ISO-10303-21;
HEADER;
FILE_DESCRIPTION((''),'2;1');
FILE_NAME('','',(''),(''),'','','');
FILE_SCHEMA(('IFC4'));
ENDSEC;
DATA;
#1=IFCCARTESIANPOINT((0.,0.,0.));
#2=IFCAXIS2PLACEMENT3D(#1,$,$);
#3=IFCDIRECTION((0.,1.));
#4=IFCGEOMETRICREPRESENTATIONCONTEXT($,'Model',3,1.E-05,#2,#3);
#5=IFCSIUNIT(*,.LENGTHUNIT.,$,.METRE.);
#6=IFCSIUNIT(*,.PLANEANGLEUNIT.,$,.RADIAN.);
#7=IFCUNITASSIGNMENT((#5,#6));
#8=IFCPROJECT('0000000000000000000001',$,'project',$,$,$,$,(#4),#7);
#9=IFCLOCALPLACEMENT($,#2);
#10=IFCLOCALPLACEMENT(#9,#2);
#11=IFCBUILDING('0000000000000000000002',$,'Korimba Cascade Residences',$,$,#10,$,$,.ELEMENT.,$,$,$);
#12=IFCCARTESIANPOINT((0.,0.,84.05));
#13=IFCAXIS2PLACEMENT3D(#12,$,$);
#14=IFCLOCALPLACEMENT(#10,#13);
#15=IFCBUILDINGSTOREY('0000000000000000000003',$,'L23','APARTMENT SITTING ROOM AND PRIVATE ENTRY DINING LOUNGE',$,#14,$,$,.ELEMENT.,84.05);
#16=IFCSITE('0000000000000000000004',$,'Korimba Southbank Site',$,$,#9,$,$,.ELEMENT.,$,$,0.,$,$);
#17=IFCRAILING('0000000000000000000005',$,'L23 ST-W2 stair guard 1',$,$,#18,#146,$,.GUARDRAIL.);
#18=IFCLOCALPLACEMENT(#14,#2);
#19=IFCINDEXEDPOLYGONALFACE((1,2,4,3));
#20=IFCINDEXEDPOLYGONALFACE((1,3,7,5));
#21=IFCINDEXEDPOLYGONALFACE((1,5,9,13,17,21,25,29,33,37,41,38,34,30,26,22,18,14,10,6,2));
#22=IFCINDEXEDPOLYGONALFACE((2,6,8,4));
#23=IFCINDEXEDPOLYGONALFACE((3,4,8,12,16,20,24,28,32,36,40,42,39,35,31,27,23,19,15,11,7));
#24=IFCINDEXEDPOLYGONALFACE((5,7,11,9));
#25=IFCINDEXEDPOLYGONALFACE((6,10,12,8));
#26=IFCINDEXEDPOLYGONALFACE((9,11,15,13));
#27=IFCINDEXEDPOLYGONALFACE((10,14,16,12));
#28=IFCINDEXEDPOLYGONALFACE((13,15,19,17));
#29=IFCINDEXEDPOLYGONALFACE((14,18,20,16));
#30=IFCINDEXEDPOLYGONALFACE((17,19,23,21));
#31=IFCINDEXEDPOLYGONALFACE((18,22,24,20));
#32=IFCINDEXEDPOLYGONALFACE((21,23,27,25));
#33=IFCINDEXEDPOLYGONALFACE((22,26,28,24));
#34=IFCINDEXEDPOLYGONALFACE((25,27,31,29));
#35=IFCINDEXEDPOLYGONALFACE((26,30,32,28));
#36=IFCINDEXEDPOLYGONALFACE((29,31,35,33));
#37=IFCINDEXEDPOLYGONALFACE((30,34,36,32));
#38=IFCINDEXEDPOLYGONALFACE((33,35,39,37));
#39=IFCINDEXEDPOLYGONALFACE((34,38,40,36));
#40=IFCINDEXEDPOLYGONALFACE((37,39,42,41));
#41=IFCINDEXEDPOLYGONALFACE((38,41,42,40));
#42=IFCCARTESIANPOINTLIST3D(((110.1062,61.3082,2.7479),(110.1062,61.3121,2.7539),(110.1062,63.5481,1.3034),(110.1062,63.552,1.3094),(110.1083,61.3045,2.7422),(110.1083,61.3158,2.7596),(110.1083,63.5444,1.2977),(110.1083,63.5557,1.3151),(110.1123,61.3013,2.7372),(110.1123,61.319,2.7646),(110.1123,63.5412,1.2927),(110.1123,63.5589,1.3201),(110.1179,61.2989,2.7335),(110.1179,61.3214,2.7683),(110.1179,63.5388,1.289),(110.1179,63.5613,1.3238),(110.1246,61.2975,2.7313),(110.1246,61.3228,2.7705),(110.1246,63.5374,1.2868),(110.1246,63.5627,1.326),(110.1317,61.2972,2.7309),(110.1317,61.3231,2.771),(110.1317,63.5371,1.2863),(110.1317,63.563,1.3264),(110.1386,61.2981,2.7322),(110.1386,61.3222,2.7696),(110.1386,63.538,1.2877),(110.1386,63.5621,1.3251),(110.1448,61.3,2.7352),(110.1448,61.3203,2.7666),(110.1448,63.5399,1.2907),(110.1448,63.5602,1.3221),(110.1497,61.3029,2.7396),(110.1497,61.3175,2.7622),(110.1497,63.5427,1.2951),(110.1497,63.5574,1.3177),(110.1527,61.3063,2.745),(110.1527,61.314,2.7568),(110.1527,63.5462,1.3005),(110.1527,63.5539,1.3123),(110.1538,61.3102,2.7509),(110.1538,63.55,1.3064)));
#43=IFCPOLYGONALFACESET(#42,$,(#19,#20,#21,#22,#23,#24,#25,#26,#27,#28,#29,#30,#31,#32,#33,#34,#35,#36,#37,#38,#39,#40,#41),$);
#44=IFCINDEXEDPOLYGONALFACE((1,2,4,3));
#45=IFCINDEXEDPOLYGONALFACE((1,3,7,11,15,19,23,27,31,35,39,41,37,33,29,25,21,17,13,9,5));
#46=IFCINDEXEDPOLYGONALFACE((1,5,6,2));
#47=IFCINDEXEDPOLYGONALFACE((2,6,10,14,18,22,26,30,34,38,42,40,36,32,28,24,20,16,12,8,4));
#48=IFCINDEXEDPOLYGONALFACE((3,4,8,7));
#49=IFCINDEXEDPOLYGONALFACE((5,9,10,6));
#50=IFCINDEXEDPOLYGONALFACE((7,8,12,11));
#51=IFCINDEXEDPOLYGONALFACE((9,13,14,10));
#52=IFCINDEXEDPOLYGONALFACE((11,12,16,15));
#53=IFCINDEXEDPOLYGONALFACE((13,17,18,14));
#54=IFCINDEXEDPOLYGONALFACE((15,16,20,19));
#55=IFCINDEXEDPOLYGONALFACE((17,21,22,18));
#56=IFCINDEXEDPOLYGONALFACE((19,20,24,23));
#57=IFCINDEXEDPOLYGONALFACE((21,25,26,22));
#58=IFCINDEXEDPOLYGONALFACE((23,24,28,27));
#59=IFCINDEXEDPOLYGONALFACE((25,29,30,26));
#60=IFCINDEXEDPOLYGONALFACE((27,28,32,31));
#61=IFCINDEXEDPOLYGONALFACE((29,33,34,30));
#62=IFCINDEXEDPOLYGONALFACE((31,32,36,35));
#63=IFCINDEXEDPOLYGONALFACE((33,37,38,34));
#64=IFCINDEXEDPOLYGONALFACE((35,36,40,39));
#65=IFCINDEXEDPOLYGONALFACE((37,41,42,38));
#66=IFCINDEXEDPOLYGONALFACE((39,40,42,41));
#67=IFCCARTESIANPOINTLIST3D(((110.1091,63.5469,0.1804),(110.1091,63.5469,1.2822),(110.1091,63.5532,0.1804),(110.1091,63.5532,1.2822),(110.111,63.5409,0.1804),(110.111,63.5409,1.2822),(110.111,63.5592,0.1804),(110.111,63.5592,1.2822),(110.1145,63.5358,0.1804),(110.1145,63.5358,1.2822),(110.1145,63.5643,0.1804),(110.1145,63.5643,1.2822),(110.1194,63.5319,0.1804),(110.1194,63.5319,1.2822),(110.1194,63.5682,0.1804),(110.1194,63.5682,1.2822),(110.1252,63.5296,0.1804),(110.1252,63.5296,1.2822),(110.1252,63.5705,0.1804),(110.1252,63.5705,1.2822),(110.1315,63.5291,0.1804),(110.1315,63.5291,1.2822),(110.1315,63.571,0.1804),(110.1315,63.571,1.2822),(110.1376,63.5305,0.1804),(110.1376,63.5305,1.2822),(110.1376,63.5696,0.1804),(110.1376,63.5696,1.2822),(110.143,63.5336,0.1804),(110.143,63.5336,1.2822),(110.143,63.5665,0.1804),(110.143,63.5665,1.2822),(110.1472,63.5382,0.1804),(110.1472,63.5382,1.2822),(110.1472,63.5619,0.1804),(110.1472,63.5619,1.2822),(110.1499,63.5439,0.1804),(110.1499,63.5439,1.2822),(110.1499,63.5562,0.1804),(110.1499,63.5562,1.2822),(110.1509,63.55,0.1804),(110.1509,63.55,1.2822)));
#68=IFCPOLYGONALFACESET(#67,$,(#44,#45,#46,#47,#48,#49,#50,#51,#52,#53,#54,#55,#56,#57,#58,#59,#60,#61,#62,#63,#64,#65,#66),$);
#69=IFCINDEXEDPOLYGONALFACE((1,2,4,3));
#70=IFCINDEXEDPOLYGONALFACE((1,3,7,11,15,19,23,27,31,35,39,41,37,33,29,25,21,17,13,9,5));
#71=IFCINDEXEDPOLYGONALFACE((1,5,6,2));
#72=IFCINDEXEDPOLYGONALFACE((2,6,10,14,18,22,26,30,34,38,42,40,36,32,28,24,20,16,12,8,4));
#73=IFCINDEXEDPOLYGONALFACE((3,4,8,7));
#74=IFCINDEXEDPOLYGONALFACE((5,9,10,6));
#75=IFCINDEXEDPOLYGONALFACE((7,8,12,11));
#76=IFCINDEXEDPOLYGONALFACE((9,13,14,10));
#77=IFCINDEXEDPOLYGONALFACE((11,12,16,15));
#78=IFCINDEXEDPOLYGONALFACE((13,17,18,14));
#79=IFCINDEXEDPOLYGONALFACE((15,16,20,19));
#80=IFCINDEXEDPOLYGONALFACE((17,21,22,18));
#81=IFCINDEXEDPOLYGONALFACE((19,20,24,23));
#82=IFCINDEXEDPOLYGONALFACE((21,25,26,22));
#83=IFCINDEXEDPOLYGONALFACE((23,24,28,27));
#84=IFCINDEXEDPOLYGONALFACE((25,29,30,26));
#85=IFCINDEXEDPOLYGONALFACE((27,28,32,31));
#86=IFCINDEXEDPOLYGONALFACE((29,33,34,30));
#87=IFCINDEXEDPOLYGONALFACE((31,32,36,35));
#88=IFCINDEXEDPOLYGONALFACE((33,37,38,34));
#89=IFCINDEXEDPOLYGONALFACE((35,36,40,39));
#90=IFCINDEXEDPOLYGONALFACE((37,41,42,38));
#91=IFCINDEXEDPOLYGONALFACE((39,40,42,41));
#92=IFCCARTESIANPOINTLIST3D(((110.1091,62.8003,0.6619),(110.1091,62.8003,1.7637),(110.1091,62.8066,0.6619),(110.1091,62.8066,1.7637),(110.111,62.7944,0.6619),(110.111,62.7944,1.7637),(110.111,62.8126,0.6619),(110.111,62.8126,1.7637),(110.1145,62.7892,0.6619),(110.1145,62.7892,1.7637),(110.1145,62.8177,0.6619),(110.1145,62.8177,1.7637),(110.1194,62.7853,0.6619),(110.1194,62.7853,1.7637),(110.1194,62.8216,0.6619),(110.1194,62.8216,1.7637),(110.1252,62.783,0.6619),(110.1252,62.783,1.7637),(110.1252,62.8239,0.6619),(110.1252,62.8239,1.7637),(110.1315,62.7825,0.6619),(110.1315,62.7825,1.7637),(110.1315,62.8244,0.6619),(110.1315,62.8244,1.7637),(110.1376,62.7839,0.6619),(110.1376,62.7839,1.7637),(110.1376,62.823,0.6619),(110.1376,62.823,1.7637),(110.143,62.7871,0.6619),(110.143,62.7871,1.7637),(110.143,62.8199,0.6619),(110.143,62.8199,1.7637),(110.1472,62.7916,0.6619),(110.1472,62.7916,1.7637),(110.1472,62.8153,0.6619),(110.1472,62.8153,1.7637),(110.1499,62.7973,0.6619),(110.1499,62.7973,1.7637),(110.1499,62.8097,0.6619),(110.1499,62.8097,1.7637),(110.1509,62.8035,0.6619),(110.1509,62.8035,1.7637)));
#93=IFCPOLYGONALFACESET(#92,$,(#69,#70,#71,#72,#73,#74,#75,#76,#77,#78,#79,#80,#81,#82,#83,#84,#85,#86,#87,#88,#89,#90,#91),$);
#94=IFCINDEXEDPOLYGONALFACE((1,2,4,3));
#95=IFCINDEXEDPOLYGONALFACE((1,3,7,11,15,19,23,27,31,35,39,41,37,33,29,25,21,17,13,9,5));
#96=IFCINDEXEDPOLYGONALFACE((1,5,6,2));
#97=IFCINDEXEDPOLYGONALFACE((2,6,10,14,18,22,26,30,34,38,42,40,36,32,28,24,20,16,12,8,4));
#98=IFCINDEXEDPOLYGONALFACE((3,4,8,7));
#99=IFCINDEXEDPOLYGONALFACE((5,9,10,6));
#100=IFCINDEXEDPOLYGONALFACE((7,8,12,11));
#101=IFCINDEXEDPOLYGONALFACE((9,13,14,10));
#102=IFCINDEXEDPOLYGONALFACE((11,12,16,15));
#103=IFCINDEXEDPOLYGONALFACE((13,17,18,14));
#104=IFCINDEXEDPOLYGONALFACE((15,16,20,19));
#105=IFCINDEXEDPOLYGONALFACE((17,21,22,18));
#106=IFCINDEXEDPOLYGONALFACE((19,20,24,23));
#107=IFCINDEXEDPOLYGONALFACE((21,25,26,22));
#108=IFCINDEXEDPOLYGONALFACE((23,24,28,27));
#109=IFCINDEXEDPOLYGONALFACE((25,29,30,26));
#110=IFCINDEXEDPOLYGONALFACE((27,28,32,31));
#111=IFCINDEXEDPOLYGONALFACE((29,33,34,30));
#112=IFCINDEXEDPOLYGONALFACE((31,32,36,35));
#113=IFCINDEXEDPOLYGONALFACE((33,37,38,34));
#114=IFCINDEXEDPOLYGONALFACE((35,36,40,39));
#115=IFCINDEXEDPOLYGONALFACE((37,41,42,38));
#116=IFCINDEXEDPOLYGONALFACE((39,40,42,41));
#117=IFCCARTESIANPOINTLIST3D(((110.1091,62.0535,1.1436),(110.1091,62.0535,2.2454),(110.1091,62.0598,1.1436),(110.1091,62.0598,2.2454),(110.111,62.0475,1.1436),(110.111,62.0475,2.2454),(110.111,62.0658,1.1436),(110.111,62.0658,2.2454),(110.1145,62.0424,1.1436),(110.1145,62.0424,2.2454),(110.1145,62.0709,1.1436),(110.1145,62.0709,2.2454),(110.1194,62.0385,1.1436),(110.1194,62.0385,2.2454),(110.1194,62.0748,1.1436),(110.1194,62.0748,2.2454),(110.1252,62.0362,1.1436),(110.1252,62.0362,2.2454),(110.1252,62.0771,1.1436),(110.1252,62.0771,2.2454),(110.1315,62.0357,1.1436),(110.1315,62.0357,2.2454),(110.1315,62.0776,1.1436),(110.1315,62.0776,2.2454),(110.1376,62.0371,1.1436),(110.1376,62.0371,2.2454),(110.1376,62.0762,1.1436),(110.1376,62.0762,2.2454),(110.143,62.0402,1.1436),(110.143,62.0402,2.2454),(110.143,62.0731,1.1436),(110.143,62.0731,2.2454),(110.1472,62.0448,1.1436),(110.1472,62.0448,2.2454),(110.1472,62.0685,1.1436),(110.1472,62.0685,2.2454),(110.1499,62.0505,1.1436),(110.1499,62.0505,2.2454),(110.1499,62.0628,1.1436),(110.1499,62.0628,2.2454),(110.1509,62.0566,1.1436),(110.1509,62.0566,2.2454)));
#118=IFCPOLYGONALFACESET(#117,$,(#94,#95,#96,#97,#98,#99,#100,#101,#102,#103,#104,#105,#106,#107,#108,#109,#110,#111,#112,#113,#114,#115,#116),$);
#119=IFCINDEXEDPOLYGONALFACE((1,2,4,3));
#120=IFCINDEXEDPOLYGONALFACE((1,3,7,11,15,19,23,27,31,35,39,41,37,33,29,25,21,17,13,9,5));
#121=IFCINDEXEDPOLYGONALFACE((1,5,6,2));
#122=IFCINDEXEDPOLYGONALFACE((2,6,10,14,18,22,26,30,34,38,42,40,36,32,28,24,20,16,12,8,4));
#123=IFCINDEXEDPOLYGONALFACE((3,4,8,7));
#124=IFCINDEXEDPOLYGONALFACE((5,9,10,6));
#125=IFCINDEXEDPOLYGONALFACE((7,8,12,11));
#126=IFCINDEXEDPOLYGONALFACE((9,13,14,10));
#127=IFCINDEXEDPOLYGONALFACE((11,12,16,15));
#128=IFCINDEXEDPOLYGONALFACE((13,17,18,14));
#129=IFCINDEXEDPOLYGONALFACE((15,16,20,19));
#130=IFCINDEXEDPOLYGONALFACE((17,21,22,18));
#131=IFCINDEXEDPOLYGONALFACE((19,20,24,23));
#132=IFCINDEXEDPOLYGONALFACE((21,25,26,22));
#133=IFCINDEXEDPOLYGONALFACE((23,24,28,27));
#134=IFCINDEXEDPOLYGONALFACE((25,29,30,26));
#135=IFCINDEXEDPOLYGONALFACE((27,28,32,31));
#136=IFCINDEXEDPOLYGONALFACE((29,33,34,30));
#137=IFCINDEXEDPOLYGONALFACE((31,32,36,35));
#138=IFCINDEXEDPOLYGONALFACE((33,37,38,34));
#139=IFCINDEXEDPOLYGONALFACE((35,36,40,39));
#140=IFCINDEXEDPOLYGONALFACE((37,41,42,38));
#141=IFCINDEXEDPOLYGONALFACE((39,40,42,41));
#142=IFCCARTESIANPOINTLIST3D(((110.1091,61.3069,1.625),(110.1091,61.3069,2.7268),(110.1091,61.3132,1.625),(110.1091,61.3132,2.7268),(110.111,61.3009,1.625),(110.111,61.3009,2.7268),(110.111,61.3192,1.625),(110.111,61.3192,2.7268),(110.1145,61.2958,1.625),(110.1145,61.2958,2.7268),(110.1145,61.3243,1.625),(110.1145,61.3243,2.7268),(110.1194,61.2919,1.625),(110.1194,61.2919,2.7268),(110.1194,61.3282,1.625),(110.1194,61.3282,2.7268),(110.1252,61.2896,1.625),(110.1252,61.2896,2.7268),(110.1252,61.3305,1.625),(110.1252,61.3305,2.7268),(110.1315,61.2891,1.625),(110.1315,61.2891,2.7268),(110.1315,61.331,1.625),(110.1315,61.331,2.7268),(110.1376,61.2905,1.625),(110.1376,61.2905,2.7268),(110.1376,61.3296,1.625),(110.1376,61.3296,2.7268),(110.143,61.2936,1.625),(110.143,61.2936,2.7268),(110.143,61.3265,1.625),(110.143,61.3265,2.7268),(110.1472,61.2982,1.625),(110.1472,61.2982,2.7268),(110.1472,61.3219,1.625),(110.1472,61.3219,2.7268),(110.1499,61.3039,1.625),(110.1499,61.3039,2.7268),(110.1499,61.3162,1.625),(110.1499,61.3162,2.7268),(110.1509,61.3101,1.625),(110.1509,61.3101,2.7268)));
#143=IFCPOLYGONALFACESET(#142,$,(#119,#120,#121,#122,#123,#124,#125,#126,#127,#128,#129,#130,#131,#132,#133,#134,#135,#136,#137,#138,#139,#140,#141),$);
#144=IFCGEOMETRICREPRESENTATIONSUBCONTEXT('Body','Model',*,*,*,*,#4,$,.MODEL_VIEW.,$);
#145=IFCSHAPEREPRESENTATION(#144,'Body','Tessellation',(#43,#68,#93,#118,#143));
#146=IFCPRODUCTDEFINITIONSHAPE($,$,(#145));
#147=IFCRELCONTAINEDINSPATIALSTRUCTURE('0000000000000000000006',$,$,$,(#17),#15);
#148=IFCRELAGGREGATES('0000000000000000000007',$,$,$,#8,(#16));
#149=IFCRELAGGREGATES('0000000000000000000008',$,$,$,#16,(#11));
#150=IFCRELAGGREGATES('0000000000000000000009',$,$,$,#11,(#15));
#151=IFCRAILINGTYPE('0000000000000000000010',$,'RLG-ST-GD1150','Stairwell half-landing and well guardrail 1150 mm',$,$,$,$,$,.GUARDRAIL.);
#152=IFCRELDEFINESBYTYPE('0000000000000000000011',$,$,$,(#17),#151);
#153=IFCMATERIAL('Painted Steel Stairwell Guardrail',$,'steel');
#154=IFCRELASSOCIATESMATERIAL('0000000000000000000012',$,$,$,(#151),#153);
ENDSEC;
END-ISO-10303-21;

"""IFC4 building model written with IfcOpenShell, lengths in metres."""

from ifc_helpers import new_model, si_unit, direction, frame, origin, origin_2d, place, context, subcontext, project, spatial, circle, extrude, material, type_object, element, save


model = new_model("IFC4")

# Units and contexts
model_context = context("Model", 3, precision=1e-05, world=origin(), true_north=direction((0.0, 1.0)))
body_context = subcontext(model_context, "Body", "Model", "MODEL_VIEW")
ifc_project = project(units=[si_unit("LENGTHUNIT", "METRE"), si_unit("PLANEANGLEUNIT", "RADIAN")], contexts=[model_context])

# Site, building, storey
site_placement = place(None, origin())
site = spatial("IfcSite", under=ifc_project, at=site_placement, Name="Korimba Southbank Site", CompositionType="ELEMENT", RefElevation=0.0)
building_placement = place(site_placement, origin())
building = spatial("IfcBuilding", under=site, at=building_placement, Name="Korimba Cascade Residences", CompositionType="ELEMENT")
storey_placement = place(building_placement, frame((0.0, 0.0, 84.05)))
storey = spatial("IfcBuildingStorey", under=building, at=storey_placement, Name="L23", Description="APARTMENT SITTING ROOM AND PRIVATE ENTRY DINING LOUNGE", CompositionType="ELEMENT", Elevation=84.05)

# Railing
ifc_material_1 = material(Name="Painted Steel Stairwell Guardrail", Category="steel")
railing_type_1 = type_object("IfcRailingType", Name="RLG-ST-GD1150", Description="Stairwell half-landing and well guardrail 1150 mm", PredefinedType="GUARDRAIL", material=ifc_material_1)
railing_1_placement = place(storey_placement, frame((110.1299, 63.55, 0.1804)))
element("IfcRailing", 1, at=railing_1_placement, inside=storey, type_object=railing_type_1, Name="L23 ST-W2 stair guard 1", PredefinedType="GUARDRAIL", context=body_context, shape_type="SweptSolid", body=[
    extrude(circle(Radius=0.0239, at=origin_2d()), frame((0.0, 0.0, 1.126), z_axis=(0.0, -0.840395, 0.541975), x_axis=(1.0, 0.0, 0.0)), (0.0, 0.0, 1.0), 2.6653),
    extrude(circle(Radius=0.021, at=origin_2d()), origin(), (0.0, 0.0, 1.0), 1.1018),
    extrude(circle(Radius=0.021, at=origin_2d()), frame((0.0, -0.7466, 0.4814)), (0.0, 0.0, 1.0), 1.1018),
    extrude(circle(Radius=0.021, at=origin_2d()), frame((0.0, -1.4934, 0.9631)), (0.0, 0.0, 1.0), 1.1018),
    extrude(circle(Radius=0.021, at=origin_2d()), frame((0.0, -2.24, 1.4446)), (0.0, 0.0, 1.0), 1.1018),
])

save(model, "model.ifc")
